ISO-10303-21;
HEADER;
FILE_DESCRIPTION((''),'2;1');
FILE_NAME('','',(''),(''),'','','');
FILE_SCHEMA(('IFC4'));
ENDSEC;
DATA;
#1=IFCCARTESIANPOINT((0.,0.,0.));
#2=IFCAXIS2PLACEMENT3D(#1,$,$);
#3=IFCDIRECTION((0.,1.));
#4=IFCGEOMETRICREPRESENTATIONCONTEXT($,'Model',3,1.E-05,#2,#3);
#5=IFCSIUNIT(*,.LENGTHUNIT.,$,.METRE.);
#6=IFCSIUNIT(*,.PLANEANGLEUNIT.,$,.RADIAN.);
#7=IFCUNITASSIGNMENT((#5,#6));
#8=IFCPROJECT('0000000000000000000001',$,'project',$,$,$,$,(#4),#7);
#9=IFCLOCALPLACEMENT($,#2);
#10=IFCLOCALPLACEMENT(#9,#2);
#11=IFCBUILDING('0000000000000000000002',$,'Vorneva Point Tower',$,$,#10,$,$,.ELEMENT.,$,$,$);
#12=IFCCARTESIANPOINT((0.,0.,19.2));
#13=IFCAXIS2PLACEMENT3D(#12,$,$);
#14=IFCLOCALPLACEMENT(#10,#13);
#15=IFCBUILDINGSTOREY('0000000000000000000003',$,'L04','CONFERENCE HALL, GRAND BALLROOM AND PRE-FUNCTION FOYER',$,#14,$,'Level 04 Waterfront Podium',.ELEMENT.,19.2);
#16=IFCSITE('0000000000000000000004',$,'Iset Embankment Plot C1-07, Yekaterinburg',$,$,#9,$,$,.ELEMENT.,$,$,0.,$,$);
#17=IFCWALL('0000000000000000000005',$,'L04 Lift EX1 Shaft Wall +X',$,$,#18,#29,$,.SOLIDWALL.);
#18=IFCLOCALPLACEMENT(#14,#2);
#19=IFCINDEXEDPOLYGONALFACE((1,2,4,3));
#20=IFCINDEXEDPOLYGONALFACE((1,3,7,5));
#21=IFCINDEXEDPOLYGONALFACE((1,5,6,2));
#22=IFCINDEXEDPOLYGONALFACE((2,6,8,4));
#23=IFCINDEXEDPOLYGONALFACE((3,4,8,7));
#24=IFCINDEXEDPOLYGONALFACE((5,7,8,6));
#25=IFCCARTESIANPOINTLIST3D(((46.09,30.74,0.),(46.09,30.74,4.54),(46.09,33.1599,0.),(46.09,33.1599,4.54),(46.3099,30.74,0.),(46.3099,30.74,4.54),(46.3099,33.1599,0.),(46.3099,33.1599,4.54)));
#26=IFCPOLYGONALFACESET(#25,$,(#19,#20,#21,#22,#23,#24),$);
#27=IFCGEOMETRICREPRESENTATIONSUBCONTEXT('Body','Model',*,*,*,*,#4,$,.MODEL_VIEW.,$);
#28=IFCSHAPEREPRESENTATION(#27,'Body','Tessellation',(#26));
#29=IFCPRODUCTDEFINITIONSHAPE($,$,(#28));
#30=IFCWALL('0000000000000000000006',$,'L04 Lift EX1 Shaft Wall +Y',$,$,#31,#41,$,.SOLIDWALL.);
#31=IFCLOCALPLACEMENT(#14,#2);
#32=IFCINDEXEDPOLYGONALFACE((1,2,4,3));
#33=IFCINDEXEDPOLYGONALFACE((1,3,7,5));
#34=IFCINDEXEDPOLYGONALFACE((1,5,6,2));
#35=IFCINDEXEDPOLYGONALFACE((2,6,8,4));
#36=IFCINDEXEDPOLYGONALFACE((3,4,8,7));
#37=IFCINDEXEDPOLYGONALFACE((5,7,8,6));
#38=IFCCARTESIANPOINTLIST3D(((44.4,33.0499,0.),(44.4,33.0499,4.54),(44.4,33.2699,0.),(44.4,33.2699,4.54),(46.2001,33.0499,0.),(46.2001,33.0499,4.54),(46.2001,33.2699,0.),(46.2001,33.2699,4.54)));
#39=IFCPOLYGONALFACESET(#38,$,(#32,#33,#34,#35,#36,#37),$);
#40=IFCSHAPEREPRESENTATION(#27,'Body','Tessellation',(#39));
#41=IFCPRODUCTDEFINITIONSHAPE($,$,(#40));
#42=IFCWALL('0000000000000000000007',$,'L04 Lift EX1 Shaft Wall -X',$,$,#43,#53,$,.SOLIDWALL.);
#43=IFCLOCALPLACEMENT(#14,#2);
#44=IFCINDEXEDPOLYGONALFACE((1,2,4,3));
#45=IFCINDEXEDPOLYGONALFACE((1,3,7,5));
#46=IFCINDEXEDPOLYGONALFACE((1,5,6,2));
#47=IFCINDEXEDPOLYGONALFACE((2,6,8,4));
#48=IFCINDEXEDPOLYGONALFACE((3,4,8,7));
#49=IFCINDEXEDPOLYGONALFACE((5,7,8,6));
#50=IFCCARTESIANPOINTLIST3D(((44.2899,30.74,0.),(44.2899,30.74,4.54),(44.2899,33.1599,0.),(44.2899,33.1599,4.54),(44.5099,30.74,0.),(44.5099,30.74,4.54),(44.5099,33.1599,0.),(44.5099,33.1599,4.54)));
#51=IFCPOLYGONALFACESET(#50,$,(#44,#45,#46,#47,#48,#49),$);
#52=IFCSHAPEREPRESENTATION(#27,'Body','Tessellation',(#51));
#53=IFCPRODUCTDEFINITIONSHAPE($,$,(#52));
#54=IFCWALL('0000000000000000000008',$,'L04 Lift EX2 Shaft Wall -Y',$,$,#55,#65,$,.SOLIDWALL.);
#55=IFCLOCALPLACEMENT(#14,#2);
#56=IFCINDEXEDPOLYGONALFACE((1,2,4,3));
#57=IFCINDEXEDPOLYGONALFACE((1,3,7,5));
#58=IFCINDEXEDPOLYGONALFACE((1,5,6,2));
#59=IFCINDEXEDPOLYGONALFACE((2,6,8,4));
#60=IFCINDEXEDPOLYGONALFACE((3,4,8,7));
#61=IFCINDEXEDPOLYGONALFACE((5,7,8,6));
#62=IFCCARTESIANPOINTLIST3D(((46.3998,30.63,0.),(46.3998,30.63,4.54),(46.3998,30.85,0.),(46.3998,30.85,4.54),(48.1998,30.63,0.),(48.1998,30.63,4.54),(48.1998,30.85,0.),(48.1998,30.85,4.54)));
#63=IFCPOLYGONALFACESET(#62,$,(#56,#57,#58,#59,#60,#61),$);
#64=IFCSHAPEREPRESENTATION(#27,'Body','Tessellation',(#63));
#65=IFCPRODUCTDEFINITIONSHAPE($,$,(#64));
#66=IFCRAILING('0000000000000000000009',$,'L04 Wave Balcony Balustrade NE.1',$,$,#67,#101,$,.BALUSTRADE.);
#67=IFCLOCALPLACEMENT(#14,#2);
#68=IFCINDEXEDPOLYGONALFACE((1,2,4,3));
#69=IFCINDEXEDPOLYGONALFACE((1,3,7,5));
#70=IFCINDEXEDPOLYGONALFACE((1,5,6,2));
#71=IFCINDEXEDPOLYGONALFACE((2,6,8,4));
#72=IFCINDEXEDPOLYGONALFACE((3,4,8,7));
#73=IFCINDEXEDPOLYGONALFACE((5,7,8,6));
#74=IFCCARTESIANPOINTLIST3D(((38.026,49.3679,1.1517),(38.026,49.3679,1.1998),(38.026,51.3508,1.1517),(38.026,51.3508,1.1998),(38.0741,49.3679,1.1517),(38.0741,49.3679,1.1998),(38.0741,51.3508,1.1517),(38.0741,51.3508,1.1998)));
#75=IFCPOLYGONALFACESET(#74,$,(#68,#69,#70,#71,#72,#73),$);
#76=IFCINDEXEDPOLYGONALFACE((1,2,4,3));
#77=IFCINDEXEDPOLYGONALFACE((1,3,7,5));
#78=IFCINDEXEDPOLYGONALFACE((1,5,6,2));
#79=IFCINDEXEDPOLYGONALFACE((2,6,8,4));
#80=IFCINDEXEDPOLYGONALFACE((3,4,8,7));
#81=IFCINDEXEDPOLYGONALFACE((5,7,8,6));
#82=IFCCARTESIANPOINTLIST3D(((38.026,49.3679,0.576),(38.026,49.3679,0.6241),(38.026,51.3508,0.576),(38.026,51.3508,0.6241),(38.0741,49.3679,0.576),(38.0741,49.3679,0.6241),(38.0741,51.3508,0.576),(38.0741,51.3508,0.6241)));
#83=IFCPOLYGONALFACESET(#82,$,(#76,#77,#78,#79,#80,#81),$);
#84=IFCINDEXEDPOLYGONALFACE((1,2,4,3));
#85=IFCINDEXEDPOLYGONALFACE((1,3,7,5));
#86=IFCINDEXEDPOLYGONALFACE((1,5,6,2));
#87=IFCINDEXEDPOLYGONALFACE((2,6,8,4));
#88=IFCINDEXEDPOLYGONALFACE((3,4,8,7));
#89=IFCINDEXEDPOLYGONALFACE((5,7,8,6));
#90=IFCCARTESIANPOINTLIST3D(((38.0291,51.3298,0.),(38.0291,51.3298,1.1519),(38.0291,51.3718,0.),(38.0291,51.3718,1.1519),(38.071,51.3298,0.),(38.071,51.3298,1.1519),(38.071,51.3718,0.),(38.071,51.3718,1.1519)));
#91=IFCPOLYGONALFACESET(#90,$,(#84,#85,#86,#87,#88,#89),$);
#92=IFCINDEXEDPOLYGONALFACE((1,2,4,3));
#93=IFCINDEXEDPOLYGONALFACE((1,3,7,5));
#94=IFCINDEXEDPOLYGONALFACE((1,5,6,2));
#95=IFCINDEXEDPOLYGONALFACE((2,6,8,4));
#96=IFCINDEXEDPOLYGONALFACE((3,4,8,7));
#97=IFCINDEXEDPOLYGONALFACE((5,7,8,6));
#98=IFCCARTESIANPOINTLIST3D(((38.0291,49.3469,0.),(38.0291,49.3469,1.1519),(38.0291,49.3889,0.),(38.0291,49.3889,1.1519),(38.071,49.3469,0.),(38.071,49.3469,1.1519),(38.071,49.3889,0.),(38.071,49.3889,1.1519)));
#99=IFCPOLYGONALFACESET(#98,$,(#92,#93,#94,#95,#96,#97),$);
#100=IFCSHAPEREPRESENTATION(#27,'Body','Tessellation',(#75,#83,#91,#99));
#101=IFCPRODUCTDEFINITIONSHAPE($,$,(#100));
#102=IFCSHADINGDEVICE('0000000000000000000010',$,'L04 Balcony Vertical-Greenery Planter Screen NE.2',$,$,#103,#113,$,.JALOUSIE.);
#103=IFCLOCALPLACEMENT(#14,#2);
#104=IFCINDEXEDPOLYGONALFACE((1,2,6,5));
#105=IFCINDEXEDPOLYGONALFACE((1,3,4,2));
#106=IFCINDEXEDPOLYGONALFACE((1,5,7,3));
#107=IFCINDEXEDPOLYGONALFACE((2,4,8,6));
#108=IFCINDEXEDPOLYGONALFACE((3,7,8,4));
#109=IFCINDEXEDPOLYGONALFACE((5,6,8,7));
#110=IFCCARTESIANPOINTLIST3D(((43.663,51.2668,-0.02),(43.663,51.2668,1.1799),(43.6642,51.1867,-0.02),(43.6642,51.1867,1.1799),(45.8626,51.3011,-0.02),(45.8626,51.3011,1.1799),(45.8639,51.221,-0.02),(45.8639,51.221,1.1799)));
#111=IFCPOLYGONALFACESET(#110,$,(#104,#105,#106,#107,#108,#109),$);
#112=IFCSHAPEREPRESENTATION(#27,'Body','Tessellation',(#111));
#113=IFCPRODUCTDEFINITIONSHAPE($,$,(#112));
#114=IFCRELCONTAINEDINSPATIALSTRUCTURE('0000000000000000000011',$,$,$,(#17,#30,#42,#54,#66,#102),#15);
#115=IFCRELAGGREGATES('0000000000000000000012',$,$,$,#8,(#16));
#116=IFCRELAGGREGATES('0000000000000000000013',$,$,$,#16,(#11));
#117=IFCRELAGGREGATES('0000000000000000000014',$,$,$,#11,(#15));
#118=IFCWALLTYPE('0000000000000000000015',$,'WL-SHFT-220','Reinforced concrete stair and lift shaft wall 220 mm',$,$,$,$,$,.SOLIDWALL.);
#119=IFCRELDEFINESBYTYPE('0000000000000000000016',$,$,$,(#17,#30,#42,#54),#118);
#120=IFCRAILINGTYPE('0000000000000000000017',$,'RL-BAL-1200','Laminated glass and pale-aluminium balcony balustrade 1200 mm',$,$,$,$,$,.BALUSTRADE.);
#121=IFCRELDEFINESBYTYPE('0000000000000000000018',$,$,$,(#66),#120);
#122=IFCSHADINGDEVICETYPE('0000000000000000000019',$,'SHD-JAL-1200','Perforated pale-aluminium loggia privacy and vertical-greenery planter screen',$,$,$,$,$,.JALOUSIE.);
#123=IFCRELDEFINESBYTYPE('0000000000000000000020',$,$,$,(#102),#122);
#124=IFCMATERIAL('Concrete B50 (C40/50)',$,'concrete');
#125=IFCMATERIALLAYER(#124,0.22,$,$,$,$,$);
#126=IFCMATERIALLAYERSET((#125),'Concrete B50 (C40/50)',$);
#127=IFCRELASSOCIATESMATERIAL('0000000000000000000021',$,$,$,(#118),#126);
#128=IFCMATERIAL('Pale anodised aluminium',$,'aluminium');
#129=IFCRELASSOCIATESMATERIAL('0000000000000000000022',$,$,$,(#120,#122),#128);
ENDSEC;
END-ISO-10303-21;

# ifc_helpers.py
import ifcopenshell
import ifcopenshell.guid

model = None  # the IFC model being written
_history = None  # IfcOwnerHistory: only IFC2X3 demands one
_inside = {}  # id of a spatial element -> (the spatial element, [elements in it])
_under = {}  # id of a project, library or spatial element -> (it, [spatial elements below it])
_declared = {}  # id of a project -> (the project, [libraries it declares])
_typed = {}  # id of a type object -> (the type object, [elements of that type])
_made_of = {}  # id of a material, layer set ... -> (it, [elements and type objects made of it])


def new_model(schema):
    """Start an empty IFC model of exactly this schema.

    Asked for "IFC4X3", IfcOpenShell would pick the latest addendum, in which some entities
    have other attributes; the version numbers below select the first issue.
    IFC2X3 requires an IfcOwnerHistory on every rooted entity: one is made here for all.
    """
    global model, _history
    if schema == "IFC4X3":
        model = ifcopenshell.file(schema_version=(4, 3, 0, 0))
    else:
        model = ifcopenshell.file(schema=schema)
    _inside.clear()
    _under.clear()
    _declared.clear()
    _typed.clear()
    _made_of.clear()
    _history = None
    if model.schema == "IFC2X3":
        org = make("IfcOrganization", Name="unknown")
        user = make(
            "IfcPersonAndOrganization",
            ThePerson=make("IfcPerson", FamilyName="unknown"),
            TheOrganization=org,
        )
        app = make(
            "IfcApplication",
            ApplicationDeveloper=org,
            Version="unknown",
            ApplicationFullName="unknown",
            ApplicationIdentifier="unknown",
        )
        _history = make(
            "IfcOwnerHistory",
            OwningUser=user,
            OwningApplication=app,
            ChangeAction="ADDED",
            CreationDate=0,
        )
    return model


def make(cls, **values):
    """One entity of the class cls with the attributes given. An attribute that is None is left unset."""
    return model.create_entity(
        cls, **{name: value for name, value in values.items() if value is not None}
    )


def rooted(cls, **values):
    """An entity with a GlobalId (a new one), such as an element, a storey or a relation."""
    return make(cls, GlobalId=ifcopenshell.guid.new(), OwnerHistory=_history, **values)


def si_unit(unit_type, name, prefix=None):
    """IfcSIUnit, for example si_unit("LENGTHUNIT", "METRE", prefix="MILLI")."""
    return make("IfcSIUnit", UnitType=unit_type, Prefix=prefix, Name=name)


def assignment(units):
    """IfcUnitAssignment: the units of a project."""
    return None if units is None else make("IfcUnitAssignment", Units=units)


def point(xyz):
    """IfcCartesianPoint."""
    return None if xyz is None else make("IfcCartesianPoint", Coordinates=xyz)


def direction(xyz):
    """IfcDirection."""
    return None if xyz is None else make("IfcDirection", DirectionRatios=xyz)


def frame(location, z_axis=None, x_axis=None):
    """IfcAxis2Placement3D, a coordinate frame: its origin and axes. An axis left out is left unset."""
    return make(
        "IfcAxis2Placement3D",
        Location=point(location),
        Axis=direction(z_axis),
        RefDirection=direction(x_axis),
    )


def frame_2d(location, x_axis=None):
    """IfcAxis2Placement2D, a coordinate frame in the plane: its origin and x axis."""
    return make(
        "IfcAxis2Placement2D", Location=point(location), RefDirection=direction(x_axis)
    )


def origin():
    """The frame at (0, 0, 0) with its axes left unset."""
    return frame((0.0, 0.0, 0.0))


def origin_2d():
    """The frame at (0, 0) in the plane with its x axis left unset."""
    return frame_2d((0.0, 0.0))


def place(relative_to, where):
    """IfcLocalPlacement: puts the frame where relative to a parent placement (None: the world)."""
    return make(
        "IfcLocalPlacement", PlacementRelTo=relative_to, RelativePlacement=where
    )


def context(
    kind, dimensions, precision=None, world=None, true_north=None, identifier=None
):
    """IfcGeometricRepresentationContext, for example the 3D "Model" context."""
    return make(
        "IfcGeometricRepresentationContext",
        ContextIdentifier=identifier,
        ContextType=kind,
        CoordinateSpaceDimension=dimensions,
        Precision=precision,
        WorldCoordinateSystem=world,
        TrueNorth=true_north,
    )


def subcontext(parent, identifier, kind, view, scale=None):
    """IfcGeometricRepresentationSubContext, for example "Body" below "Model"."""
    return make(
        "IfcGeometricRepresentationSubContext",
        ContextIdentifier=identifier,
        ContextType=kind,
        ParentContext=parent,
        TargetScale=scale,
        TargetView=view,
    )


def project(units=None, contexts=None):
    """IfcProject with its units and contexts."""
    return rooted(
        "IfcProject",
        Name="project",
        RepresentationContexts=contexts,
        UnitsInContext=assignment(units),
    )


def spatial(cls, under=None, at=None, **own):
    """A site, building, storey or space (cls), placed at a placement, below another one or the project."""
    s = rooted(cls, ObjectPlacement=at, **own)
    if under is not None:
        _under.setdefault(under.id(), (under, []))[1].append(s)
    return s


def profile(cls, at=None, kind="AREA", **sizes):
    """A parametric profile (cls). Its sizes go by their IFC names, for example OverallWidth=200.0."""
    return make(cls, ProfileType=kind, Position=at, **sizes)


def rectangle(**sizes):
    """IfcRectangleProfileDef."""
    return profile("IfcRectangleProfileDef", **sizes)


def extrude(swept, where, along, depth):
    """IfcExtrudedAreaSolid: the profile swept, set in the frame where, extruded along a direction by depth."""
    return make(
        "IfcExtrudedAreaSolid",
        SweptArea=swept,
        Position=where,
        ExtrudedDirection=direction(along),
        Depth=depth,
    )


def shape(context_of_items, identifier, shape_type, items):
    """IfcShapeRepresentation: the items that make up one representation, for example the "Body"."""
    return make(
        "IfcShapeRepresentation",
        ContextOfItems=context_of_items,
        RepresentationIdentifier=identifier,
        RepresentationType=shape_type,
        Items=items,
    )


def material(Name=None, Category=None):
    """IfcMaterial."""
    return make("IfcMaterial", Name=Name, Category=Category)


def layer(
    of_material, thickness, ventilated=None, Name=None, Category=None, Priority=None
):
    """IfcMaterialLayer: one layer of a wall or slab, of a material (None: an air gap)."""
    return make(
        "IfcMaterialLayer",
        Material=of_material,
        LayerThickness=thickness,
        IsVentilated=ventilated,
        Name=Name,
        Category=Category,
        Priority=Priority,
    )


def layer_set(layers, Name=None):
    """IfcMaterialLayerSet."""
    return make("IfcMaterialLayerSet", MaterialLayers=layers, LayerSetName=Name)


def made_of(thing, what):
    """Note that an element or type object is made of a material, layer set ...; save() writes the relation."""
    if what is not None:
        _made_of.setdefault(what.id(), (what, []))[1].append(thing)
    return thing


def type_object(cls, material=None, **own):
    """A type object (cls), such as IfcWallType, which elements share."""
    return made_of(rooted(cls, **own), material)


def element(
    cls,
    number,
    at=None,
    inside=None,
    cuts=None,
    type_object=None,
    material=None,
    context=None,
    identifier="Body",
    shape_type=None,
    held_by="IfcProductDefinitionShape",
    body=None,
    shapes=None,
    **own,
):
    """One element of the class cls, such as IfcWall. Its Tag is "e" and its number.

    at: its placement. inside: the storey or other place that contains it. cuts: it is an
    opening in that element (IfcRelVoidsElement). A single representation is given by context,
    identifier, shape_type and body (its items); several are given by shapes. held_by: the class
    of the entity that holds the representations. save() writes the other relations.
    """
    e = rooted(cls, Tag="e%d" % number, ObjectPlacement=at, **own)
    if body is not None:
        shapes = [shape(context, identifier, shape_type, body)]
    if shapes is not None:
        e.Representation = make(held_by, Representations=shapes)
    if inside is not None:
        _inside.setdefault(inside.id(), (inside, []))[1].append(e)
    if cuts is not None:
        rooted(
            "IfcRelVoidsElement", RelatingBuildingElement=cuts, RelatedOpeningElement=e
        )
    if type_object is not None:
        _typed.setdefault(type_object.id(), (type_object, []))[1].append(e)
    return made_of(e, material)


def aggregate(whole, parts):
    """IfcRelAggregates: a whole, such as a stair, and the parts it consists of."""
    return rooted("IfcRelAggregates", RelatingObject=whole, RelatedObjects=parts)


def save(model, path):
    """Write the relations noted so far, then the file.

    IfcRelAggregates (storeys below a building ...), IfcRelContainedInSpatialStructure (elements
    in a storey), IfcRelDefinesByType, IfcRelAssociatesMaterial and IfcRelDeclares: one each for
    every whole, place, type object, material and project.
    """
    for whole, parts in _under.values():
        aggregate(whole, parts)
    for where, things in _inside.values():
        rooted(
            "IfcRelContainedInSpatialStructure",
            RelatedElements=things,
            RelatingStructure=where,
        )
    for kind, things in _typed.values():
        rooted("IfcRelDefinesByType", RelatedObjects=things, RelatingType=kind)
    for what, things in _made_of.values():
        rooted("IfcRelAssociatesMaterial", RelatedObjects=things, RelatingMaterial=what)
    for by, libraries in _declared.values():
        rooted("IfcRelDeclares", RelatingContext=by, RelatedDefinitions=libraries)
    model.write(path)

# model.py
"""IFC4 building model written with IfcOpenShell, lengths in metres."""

from ifc_helpers import new_model, si_unit, direction, frame, frame_2d, origin, origin_2d, place, context, subcontext, project, spatial, rectangle, extrude, material, layer, layer_set, type_object, element, save


model = new_model("IFC4")

# Units and contexts
model_context = context("Model", 3, precision=1e-05, world=origin(), true_north=direction((0.0, 1.0)))
body_context = subcontext(model_context, "Body", "Model", "MODEL_VIEW")
ifc_project = project(units=[si_unit("LENGTHUNIT", "METRE"), si_unit("PLANEANGLEUNIT", "RADIAN")], contexts=[model_context])

# Site, building, storey
site_placement = place(None, origin())
site = spatial("IfcSite", under=ifc_project, at=site_placement, Name="Iset Embankment Plot C1-07, Yekaterinburg", CompositionType="ELEMENT", RefElevation=0.0)
building_placement = place(site_placement, origin())
building = spatial("IfcBuilding", under=site, at=building_placement, Name="Vorneva Point Tower", CompositionType="ELEMENT")
storey_placement = place(building_placement, frame((0.0, 0.0, 19.2)))
storey = spatial("IfcBuildingStorey", under=building, at=storey_placement, Name="L04", Description="CONFERENCE HALL, GRAND BALLROOM AND PRE-FUNCTION FOYER", LongName="Level 04 Waterfront Podium", CompositionType="ELEMENT", Elevation=19.2)

# Shared definitions
ifc_material_1 = material(Name="Pale anodised aluminium", Category="aluminium")

# Walls
ifc_material_2 = material(Name="Concrete B50 (C40/50)", Category="concrete")
ifc_layer_1 = layer(ifc_material_2, 0.22)
ifc_layer_set_1 = layer_set([ifc_layer_1], Name="Concrete B50 (C40/50)")
wall_type_1 = type_object("IfcWallType", Name="WL-SHFT-220", Description="Reinforced concrete stair and lift shaft wall 220 mm", PredefinedType="SOLIDWALL", material=ifc_layer_set_1)
wall_1_placement = place(storey_placement, frame((46.2, 30.74, 0.0), z_axis=(0.0, 0.0, 1.0), x_axis=(0.0, 1.0, 0.0)))
element("IfcWall", 1, at=wall_1_placement, inside=storey, type_object=wall_type_1, Name="L04 Lift EX1 Shaft Wall +X", PredefinedType="SOLIDWALL", context=body_context, shape_type="SweptSolid", body=[
    extrude(rectangle(XDim=2.4199, YDim=0.22, at=frame_2d((1.21, 0.0))), origin(), (0.0, 0.0, 1.0), 4.54),
])
wall_2_placement = place(storey_placement, frame((46.2, 33.1599, 0.0), z_axis=(0.0, 0.0, 1.0), x_axis=(-1.0, 0.0, 0.0)))
element("IfcWall", 2, at=wall_2_placement, inside=storey, type_object=wall_type_1, Name="L04 Lift EX1 Shaft Wall +Y", PredefinedType="SOLIDWALL", context=body_context, shape_type="SweptSolid", body=[
    extrude(rectangle(XDim=1.8, YDim=0.22, at=frame_2d((0.8999, 0.0))), origin(), (0.0, 0.0, 1.0), 4.54),
])
wall_3_placement = place(storey_placement, frame((44.3999, 33.1599, 0.0), z_axis=(0.0, 0.0, 1.0), x_axis=(0.0, -1.0, 0.0)))
element("IfcWall", 3, at=wall_3_placement, inside=storey, type_object=wall_type_1, Name="L04 Lift EX1 Shaft Wall -X", PredefinedType="SOLIDWALL", context=body_context, shape_type="SweptSolid", body=[
    extrude(rectangle(XDim=2.4199, YDim=0.22, at=frame_2d((1.21, 0.0))), origin(), (0.0, 0.0, 1.0), 4.54),
])
wall_4_placement = place(storey_placement, frame((46.3999, 30.74, 0.0), z_axis=(0.0, 0.0, 1.0), x_axis=(1.0, 0.0, 0.0)))
element("IfcWall", 4, at=wall_4_placement, inside=storey, type_object=wall_type_1, Name="L04 Lift EX2 Shaft Wall -Y", PredefinedType="SOLIDWALL", context=body_context, shape_type="SweptSolid", body=[
    extrude(rectangle(XDim=1.8, YDim=0.22, at=frame_2d((0.8999, 0.0))), origin(), (0.0, 0.0, 1.0), 4.54),
])

# Railing
railing_type = type_object("IfcRailingType", Name="RL-BAL-1200", Description="Laminated glass and pale-aluminium balcony balustrade 1200 mm", PredefinedType="BALUSTRADE", material=ifc_material_1)
railing_placement = place(storey_placement, frame((38.05, 51.3508, 0.0)))
element("IfcRailing", 5, at=railing_placement, inside=storey, type_object=railing_type, Name="L04 Wave Balcony Balustrade NE.1", PredefinedType="BALUSTRADE", context=body_context, shape_type="SweptSolid", body=[
    extrude(rectangle(XDim=0.0481, YDim=0.0481, at=origin_2d()), frame((0.0, 0.0, 1.1758), z_axis=(0.0, -1.0, 0.0), x_axis=(1.0, 0.0, 0.0)), (0.0, 0.0, 1.0), 1.9829),
    extrude(rectangle(XDim=0.0481, YDim=0.0481, at=origin_2d()), frame((0.0, 0.0, 0.6001), z_axis=(0.0, -1.0, 0.0), x_axis=(1.0, 0.0, 0.0)), (0.0, 0.0, 1.0), 1.9829),
    extrude(rectangle(XDim=0.042, YDim=0.042, at=origin_2d()), origin(), (0.0, 0.0, 1.0), 1.1519),
    extrude(rectangle(XDim=0.042, YDim=0.042, at=origin_2d()), frame((0.0, -1.9829, 0.0)), (0.0, 0.0, 1.0), 1.1519),
])

# Shading device
shading_device_type = type_object("IfcShadingDeviceType", Name="SHD-JAL-1200", Description="Perforated pale-aluminium loggia privacy and vertical-greenery planter screen", PredefinedType="JALOUSIE", material=ifc_material_1)
shading_device_placement = place(storey_placement, frame((44.7634, 51.2439, -0.02), z_axis=(0.0, 0.0, 1.0), x_axis=(-0.999879, -0.015585, 0.0)))
element("IfcShadingDevice", 6, at=shading_device_placement, inside=storey, type_object=shading_device_type, Name="L04 Balcony Vertical-Greenery Planter Screen NE.2", PredefinedType="JALOUSIE", context=body_context, shape_type="SweptSolid", body=[
    extrude(rectangle(XDim=2.2, YDim=0.0801, at=origin_2d()), origin(), (0.0, 0.0, 1.0), 1.2),
])

save(model, "model.ifc")
